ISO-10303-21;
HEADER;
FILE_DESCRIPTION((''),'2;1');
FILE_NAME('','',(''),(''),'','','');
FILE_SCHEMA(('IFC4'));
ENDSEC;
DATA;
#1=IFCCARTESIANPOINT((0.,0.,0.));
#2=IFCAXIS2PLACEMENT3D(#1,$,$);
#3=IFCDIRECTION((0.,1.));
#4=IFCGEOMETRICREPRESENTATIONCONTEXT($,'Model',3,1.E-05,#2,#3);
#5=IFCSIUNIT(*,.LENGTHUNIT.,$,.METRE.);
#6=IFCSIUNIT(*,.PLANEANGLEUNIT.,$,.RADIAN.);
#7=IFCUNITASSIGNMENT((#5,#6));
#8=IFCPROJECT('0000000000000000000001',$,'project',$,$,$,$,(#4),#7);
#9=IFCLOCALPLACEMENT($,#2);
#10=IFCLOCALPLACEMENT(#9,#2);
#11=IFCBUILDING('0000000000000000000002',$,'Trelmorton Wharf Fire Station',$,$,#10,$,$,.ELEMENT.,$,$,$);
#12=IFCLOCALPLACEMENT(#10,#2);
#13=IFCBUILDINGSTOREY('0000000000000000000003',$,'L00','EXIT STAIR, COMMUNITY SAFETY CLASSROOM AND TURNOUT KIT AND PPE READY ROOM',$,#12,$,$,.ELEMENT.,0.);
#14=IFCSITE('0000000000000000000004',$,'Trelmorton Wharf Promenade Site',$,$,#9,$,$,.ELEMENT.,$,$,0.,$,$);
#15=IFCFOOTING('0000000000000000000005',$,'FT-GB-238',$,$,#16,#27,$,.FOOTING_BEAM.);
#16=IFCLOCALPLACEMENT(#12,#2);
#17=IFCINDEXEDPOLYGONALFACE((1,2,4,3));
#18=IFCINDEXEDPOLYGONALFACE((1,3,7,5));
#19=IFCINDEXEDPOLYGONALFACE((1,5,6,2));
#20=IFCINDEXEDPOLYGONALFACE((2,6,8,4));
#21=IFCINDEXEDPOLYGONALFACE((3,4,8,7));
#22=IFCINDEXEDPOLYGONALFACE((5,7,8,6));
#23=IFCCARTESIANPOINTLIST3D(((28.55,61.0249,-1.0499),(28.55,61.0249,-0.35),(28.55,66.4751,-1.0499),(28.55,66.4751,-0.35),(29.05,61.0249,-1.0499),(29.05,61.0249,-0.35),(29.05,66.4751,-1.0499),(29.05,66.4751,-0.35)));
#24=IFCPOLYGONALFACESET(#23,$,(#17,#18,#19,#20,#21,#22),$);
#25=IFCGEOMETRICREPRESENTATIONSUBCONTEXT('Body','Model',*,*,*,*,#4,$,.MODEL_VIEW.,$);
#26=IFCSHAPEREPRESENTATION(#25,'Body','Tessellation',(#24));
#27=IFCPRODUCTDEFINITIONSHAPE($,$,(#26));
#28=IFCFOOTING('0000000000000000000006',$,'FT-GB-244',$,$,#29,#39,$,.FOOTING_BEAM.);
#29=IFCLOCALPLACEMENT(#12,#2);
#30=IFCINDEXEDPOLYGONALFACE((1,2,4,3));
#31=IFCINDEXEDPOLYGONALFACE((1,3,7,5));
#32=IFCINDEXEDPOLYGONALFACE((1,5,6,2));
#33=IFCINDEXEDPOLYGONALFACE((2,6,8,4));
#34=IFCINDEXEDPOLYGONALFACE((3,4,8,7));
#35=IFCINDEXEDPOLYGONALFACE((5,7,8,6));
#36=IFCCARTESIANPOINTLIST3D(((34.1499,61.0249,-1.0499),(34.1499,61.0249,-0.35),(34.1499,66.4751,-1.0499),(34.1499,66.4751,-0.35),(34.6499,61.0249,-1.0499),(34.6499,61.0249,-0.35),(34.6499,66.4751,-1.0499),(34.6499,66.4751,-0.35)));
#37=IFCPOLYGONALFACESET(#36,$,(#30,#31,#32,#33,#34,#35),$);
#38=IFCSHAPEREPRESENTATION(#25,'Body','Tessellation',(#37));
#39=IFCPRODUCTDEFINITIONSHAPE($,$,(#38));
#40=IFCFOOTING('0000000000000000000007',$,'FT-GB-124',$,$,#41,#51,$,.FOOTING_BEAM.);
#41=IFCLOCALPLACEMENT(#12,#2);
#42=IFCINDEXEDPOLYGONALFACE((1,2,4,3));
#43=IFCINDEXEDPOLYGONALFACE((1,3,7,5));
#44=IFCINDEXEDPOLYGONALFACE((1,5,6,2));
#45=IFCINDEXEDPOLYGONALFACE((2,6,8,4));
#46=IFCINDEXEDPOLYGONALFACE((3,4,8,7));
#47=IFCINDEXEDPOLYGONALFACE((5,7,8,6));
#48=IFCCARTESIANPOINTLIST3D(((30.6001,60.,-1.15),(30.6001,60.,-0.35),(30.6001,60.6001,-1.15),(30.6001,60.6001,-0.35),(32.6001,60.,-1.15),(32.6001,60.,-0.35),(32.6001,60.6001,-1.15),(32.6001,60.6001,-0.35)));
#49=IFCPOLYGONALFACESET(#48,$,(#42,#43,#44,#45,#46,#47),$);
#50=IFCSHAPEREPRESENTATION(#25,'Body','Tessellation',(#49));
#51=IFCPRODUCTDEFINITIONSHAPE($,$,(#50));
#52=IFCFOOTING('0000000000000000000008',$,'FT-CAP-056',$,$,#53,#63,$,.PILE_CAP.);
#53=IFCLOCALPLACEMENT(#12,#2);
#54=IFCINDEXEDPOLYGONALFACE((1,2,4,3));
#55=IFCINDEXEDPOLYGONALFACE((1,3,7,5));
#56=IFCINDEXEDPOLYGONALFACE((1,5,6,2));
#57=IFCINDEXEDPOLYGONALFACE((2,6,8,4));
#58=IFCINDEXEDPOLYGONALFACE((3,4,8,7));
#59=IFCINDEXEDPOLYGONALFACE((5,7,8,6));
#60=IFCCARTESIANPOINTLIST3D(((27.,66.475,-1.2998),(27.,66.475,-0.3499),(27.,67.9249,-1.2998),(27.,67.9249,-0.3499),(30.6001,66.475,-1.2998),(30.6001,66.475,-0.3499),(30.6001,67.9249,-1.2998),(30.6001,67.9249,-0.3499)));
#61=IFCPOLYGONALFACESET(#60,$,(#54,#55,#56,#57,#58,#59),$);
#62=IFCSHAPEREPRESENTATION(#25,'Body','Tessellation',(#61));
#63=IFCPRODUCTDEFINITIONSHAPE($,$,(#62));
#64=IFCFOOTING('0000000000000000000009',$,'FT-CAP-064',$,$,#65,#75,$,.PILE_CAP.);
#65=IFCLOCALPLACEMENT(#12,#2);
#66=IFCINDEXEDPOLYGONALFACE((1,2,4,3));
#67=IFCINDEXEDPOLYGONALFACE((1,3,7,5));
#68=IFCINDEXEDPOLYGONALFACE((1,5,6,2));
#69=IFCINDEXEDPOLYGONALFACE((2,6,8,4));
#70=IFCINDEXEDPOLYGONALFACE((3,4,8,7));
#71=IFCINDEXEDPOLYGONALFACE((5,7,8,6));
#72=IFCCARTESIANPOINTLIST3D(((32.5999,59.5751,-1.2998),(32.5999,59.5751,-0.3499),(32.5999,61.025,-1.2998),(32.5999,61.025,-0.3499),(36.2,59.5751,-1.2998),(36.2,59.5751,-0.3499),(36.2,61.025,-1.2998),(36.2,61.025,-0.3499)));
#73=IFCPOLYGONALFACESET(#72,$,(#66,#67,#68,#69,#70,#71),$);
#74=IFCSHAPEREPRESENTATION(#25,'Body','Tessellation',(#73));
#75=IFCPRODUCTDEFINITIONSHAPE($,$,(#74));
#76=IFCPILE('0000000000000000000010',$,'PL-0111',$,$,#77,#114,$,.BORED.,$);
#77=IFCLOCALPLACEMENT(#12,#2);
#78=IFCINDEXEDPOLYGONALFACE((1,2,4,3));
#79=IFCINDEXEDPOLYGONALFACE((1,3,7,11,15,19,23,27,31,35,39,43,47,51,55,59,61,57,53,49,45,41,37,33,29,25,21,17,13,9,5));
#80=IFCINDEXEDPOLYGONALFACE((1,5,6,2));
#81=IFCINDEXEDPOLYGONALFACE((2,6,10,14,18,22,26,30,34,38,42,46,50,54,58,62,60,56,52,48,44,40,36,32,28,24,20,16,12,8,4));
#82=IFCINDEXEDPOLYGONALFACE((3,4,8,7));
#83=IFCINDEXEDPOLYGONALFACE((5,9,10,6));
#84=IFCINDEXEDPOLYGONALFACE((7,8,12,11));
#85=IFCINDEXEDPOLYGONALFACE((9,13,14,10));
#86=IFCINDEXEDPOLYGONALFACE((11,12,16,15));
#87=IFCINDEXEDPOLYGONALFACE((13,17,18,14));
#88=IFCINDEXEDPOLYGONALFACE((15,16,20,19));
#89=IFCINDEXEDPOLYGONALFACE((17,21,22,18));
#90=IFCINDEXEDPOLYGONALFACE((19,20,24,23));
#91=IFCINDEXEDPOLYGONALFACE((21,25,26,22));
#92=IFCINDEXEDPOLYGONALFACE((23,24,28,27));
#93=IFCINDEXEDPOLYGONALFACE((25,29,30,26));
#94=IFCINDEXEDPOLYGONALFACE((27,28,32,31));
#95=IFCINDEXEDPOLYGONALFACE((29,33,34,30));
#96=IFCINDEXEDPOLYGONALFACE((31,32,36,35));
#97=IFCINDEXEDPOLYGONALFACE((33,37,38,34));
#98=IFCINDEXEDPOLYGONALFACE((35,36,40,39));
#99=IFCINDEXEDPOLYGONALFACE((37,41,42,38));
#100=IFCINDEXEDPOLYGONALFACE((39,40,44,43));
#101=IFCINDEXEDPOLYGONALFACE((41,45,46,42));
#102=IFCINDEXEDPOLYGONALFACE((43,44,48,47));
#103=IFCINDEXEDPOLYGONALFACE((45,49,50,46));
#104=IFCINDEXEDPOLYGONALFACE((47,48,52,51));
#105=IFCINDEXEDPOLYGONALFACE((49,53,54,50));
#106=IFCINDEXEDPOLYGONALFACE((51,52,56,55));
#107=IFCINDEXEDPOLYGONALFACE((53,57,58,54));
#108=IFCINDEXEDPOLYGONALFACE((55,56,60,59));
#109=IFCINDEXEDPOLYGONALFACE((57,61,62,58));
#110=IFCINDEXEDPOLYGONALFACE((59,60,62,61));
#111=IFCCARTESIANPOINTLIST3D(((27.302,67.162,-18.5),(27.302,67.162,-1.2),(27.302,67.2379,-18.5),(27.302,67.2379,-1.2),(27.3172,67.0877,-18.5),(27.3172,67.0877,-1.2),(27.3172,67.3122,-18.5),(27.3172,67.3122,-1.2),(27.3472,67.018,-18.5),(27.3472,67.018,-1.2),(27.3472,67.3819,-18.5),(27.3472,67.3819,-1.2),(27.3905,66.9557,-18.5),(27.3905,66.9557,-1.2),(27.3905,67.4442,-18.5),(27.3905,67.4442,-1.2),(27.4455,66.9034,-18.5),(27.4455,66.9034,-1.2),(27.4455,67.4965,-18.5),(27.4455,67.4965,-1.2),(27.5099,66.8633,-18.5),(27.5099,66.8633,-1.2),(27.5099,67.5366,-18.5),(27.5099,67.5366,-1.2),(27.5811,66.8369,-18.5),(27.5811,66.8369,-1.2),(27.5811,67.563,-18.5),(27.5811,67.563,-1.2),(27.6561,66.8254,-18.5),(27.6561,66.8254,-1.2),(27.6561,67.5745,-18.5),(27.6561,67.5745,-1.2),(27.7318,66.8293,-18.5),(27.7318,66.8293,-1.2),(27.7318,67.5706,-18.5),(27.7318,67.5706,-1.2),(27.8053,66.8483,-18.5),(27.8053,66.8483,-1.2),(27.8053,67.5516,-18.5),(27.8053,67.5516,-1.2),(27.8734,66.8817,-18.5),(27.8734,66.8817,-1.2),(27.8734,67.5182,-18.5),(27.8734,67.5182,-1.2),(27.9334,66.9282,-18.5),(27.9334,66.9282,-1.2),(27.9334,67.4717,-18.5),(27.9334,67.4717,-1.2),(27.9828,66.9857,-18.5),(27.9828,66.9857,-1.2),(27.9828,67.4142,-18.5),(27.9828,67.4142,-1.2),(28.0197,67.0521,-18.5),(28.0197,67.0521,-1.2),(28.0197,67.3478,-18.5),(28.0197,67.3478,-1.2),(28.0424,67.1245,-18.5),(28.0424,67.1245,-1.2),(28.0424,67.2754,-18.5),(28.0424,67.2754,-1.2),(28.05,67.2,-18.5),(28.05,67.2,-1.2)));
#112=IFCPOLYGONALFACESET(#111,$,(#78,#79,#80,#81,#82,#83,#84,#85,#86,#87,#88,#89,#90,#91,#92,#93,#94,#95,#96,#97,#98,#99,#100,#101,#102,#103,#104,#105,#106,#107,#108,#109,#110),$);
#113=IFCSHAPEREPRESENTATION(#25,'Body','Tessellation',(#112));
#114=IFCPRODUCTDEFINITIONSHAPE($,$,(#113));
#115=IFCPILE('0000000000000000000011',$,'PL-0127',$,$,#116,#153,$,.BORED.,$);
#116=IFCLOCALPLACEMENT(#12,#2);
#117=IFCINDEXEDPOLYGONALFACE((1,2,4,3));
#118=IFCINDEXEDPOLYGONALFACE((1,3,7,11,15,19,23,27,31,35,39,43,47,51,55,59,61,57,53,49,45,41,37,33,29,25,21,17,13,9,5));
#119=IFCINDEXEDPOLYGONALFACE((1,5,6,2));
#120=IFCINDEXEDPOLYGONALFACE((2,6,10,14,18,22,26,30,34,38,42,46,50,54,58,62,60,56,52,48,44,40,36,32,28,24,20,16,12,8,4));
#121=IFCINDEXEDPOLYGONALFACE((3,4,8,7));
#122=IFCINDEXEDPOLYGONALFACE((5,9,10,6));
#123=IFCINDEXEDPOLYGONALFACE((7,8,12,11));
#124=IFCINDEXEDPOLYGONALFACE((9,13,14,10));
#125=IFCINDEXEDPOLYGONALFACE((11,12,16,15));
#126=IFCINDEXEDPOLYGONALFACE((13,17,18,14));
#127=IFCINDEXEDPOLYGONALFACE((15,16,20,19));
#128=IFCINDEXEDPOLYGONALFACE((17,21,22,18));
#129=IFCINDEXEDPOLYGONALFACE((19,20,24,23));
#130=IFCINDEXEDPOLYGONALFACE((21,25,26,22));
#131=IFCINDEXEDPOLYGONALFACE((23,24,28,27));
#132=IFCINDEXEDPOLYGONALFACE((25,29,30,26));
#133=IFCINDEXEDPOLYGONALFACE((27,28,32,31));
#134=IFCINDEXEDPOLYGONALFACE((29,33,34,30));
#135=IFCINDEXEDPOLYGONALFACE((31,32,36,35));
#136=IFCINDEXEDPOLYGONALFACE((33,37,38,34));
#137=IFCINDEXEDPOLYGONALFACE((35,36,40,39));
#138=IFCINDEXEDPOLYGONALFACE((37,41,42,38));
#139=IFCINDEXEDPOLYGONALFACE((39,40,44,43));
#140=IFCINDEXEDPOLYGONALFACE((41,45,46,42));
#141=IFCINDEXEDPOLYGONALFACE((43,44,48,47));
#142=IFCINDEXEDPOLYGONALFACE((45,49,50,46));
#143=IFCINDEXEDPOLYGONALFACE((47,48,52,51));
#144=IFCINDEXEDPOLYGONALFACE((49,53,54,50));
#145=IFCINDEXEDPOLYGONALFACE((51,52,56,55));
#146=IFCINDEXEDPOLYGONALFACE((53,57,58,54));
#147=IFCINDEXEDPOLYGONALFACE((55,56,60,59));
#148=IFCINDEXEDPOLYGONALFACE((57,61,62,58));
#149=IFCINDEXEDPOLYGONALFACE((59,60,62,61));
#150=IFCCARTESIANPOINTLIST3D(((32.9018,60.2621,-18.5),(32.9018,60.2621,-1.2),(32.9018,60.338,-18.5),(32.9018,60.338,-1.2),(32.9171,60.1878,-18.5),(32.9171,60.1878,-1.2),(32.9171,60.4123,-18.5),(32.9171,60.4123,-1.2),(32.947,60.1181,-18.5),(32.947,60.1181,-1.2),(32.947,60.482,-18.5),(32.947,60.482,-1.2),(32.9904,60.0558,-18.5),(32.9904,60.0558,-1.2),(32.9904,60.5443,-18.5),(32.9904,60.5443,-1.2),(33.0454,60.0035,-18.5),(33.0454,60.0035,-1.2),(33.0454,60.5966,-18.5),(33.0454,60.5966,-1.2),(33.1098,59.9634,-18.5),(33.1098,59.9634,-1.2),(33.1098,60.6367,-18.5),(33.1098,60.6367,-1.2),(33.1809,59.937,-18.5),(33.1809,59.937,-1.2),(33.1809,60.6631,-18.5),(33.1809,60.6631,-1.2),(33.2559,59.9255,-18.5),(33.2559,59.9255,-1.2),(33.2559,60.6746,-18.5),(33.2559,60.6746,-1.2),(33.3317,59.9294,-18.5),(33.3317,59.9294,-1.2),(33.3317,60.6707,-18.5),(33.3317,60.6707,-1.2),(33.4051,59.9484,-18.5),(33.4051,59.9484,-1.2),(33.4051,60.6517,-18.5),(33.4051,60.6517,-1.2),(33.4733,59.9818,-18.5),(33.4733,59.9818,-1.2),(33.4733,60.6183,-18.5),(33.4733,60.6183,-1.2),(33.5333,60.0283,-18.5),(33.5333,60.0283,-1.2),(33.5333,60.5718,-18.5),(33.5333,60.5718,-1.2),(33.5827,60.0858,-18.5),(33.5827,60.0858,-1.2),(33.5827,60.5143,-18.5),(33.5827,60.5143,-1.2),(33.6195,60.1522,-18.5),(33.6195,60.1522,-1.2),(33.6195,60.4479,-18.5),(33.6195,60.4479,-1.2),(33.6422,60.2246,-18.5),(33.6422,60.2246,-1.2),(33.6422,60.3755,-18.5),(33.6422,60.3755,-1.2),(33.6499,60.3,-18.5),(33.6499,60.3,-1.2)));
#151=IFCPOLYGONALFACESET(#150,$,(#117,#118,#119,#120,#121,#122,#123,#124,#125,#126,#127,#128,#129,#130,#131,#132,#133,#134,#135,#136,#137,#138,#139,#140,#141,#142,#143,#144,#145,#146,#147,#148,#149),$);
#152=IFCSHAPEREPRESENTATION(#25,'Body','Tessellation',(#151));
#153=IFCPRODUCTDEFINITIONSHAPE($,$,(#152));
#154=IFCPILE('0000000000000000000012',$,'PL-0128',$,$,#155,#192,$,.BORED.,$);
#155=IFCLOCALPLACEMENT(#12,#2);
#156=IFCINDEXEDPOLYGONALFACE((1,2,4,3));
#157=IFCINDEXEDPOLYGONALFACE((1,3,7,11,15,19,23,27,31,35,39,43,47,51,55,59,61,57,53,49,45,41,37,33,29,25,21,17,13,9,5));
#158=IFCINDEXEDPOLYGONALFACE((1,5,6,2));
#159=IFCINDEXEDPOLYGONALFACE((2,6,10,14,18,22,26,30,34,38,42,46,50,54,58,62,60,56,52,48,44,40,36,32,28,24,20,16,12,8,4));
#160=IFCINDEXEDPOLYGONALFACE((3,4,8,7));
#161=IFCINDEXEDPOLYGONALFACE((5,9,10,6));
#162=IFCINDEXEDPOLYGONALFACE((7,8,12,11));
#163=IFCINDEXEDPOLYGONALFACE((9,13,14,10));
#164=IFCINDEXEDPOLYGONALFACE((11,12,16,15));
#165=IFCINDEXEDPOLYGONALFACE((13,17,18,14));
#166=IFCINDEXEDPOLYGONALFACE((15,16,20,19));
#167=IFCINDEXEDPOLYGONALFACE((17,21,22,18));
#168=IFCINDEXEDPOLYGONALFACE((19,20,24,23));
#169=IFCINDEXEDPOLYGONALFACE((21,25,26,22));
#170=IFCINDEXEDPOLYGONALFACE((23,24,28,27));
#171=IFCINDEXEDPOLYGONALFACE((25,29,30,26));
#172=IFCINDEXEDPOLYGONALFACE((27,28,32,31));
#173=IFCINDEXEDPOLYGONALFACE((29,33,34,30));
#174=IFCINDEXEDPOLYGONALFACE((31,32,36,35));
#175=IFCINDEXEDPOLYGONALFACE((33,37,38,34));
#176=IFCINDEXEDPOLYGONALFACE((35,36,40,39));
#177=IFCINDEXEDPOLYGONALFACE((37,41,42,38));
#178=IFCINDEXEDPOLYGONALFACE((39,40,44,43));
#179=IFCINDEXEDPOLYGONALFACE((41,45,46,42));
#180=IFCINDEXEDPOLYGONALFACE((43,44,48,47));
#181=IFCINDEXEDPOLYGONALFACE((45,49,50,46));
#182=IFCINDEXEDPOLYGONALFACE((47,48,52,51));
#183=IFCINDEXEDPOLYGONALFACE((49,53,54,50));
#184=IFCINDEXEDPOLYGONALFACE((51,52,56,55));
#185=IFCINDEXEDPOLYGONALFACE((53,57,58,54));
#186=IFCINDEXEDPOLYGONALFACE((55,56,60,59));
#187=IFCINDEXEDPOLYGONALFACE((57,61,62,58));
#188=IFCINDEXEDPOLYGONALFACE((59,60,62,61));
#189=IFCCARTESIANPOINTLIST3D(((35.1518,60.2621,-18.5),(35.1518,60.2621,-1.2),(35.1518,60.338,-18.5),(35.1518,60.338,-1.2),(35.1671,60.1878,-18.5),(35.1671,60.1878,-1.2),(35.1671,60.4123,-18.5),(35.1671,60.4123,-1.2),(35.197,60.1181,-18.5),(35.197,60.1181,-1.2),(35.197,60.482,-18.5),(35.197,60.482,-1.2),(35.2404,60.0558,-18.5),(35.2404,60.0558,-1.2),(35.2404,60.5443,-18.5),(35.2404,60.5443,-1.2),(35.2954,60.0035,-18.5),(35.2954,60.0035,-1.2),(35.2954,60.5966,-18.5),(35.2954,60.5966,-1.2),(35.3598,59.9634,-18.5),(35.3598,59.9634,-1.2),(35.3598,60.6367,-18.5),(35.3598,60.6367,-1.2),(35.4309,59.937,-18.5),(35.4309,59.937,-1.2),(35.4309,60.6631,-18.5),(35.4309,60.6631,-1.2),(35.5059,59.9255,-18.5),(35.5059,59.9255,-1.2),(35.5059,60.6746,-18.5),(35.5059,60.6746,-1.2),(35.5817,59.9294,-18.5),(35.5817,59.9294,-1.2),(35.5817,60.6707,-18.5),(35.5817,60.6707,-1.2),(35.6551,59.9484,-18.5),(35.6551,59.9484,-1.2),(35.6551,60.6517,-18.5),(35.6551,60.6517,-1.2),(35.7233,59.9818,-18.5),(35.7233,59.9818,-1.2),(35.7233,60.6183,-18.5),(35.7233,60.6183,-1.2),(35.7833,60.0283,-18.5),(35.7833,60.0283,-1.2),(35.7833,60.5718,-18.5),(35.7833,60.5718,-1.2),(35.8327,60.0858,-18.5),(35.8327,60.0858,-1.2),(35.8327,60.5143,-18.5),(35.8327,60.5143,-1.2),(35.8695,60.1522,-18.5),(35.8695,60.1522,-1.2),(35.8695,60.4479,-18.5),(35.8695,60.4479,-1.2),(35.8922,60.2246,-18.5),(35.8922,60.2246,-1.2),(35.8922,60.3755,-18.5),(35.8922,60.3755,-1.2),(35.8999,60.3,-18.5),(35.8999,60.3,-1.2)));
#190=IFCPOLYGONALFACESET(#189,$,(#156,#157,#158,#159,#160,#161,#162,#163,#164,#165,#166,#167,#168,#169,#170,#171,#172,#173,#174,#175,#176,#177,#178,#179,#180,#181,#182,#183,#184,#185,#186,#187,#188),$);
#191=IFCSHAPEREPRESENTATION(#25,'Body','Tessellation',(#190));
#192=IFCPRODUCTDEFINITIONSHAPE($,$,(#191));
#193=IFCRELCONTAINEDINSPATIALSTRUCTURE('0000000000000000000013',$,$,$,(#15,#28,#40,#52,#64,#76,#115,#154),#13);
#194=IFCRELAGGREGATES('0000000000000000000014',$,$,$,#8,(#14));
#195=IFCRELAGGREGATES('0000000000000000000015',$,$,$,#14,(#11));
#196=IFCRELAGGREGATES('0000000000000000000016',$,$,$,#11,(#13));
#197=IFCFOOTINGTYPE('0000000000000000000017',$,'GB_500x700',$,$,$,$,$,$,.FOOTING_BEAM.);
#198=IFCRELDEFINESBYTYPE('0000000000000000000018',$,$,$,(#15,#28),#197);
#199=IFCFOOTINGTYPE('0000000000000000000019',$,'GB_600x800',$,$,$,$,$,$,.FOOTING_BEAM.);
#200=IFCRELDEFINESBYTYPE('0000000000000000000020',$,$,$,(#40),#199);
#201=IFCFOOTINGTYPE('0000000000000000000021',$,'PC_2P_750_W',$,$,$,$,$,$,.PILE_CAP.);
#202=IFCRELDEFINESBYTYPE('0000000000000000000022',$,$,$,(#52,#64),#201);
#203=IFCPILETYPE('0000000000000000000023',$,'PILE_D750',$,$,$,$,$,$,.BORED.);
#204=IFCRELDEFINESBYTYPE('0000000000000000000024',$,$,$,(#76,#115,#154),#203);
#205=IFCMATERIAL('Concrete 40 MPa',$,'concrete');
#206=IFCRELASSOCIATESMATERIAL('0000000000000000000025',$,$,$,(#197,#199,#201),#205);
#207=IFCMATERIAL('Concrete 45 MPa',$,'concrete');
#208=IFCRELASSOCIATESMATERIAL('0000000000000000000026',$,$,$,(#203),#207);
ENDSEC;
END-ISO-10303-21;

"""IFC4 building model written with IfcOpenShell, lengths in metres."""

from ifc_helpers import new_model, si_unit, direction, frame, origin, origin_2d, place, context, subcontext, project, spatial, rectangle, circle, extrude, material, material_profile, profile_set, type_object, element, save


model = new_model("IFC4")

# Units and contexts
model_context = context("Model", 3, precision=1e-05, world=origin(), true_north=direction((0.0, 1.0)))
body_context = subcontext(model_context, "Body", "Model", "MODEL_VIEW")
ifc_project = project(units=[si_unit("LENGTHUNIT", "METRE"), si_unit("PLANEANGLEUNIT", "RADIAN")], contexts=[model_context])

# Site, building, storey
site_placement = place(None, origin())
site = spatial("IfcSite", under=ifc_project, at=site_placement, Name="Trelmorton Wharf Promenade Site", CompositionType="ELEMENT", RefElevation=0.0)
building_placement = place(site_placement, origin())
building = spatial("IfcBuilding", under=site, at=building_placement, Name="Trelmorton Wharf Fire Station", CompositionType="ELEMENT")
storey_placement = place(building_placement, origin())
storey = spatial("IfcBuildingStorey", under=building, at=storey_placement, Name="L00", Description="EXIT STAIR, COMMUNITY SAFETY CLASSROOM AND TURNOUT KIT AND PPE READY ROOM", CompositionType="ELEMENT", Elevation=0.0)

# Footings
ifc_material_1 = material(Name="Concrete 40 MPa", Category="concrete")
ifc_material_profile_1 = material_profile(ifc_material_1, rectangle(XDim=0.5, YDim=0.7, at=origin_2d()), Name="RC500x700")
ifc_profile_set_1 = profile_set([ifc_material_profile_1], Name="Concrete 40 MPa")
footing_type_1 = type_object("IfcFootingType", Name="GB_500x700", PredefinedType="FOOTING_BEAM", material=ifc_profile_set_1)
for number, where, z_axis, x_axis, name in (
    (1, (28.8, 61.0249, -0.7), (0.0, 1.0, 0.0), (-1.0, 0.0, 0.0), "FT-GB-238"),
    (2, (34.3999, 61.0249, -0.7), (0.0, 1.0, 0.0), (-1.0, 0.0, 0.0), "FT-GB-244"),
):
    element("IfcFooting", number, at=place(storey_placement, frame(where, z_axis=z_axis, x_axis=x_axis)), inside=storey, type_object=footing_type_1, Name=name, PredefinedType="FOOTING_BEAM", context=body_context, shape_type="SweptSolid", body=[
        extrude(rectangle(XDim=0.5, YDim=0.7, at=origin_2d()), origin(), (0.0, 0.0, 1.0), 5.4502),
    ])
ifc_material_profile_2 = material_profile(ifc_material_1, rectangle(XDim=0.6001, YDim=0.8, at=origin_2d()), Name="RC600x800")
ifc_profile_set_2 = profile_set([ifc_material_profile_2], Name="Concrete 40 MPa")
footing_type_2 = type_object("IfcFootingType", Name="GB_600x800", PredefinedType="FOOTING_BEAM", material=ifc_profile_set_2)
footing_placement = place(storey_placement, frame((30.6001, 60.3, -0.75), z_axis=(1.0, 0.0, 0.0), x_axis=(0.0, 1.0, 0.0)))
element("IfcFooting", 3, at=footing_placement, inside=storey, type_object=footing_type_2, Name="FT-GB-124", PredefinedType="FOOTING_BEAM", context=body_context, shape_type="SweptSolid", body=[
    extrude(rectangle(XDim=0.6001, YDim=0.8, at=origin_2d()), origin(), (0.0, 0.0, 1.0), 2.0),
])
footing_type_3 = type_object("IfcFootingType", Name="PC_2P_750_W", PredefinedType="PILE_CAP", material=ifc_material_1)
for number, where, z_axis, x_axis, name in (
    (4, (28.8, 67.2, -1.2998), (0.0, 0.0, 1.0), (1.0, 0.0, 0.0), "FT-CAP-056"),
    (5, (34.3999, 60.3, -1.2998), (0.0, 0.0, 1.0), (1.0, 0.0, 0.0), "FT-CAP-064"),
):
    element("IfcFooting", number, at=place(storey_placement, frame(where, z_axis=z_axis, x_axis=x_axis)), inside=storey, type_object=footing_type_3, Name=name, PredefinedType="PILE_CAP", context=body_context, shape_type="SweptSolid", body=[
        extrude(rectangle(XDim=3.6001, YDim=1.45, at=origin_2d()), origin(), (0.0, 0.0, 1.0), 0.95),
    ])

# Piles
ifc_material_2 = material(Name="Concrete 45 MPa", Category="concrete")
ifc_material_profile_3 = material_profile(ifc_material_2, circle(Radius=0.375, at=origin_2d()), Name="PILE-D750")
ifc_profile_set_3 = profile_set([ifc_material_profile_3], Name="Concrete 45 MPa")
pile_type = type_object("IfcPileType", Name="PILE_D750", PredefinedType="BORED", material=ifc_profile_set_3)
for number, where, z_axis, x_axis, name in (
    (6, (27.675, 67.2, -1.2), (0.0, 0.0, -1.0), (1.0, 0.0, 0.0), "PL-0111"),
    (7, (33.2749, 60.3, -1.2), (0.0, 0.0, -1.0), (1.0, 0.0, 0.0), "PL-0127"),
    (8, (35.5249, 60.3, -1.2), (0.0, 0.0, -1.0), (1.0, 0.0, 0.0), "PL-0128"),
):
    element("IfcPile", number, at=place(storey_placement, frame(where, z_axis=z_axis, x_axis=x_axis)), inside=storey, type_object=pile_type, Name=name, PredefinedType="BORED", context=body_context, shape_type="SweptSolid", body=[
        extrude(circle(Radius=0.375, at=origin_2d()), origin(), (0.0, 0.0, 1.0), 17.3),
    ])

save(model, "model.ifc")
